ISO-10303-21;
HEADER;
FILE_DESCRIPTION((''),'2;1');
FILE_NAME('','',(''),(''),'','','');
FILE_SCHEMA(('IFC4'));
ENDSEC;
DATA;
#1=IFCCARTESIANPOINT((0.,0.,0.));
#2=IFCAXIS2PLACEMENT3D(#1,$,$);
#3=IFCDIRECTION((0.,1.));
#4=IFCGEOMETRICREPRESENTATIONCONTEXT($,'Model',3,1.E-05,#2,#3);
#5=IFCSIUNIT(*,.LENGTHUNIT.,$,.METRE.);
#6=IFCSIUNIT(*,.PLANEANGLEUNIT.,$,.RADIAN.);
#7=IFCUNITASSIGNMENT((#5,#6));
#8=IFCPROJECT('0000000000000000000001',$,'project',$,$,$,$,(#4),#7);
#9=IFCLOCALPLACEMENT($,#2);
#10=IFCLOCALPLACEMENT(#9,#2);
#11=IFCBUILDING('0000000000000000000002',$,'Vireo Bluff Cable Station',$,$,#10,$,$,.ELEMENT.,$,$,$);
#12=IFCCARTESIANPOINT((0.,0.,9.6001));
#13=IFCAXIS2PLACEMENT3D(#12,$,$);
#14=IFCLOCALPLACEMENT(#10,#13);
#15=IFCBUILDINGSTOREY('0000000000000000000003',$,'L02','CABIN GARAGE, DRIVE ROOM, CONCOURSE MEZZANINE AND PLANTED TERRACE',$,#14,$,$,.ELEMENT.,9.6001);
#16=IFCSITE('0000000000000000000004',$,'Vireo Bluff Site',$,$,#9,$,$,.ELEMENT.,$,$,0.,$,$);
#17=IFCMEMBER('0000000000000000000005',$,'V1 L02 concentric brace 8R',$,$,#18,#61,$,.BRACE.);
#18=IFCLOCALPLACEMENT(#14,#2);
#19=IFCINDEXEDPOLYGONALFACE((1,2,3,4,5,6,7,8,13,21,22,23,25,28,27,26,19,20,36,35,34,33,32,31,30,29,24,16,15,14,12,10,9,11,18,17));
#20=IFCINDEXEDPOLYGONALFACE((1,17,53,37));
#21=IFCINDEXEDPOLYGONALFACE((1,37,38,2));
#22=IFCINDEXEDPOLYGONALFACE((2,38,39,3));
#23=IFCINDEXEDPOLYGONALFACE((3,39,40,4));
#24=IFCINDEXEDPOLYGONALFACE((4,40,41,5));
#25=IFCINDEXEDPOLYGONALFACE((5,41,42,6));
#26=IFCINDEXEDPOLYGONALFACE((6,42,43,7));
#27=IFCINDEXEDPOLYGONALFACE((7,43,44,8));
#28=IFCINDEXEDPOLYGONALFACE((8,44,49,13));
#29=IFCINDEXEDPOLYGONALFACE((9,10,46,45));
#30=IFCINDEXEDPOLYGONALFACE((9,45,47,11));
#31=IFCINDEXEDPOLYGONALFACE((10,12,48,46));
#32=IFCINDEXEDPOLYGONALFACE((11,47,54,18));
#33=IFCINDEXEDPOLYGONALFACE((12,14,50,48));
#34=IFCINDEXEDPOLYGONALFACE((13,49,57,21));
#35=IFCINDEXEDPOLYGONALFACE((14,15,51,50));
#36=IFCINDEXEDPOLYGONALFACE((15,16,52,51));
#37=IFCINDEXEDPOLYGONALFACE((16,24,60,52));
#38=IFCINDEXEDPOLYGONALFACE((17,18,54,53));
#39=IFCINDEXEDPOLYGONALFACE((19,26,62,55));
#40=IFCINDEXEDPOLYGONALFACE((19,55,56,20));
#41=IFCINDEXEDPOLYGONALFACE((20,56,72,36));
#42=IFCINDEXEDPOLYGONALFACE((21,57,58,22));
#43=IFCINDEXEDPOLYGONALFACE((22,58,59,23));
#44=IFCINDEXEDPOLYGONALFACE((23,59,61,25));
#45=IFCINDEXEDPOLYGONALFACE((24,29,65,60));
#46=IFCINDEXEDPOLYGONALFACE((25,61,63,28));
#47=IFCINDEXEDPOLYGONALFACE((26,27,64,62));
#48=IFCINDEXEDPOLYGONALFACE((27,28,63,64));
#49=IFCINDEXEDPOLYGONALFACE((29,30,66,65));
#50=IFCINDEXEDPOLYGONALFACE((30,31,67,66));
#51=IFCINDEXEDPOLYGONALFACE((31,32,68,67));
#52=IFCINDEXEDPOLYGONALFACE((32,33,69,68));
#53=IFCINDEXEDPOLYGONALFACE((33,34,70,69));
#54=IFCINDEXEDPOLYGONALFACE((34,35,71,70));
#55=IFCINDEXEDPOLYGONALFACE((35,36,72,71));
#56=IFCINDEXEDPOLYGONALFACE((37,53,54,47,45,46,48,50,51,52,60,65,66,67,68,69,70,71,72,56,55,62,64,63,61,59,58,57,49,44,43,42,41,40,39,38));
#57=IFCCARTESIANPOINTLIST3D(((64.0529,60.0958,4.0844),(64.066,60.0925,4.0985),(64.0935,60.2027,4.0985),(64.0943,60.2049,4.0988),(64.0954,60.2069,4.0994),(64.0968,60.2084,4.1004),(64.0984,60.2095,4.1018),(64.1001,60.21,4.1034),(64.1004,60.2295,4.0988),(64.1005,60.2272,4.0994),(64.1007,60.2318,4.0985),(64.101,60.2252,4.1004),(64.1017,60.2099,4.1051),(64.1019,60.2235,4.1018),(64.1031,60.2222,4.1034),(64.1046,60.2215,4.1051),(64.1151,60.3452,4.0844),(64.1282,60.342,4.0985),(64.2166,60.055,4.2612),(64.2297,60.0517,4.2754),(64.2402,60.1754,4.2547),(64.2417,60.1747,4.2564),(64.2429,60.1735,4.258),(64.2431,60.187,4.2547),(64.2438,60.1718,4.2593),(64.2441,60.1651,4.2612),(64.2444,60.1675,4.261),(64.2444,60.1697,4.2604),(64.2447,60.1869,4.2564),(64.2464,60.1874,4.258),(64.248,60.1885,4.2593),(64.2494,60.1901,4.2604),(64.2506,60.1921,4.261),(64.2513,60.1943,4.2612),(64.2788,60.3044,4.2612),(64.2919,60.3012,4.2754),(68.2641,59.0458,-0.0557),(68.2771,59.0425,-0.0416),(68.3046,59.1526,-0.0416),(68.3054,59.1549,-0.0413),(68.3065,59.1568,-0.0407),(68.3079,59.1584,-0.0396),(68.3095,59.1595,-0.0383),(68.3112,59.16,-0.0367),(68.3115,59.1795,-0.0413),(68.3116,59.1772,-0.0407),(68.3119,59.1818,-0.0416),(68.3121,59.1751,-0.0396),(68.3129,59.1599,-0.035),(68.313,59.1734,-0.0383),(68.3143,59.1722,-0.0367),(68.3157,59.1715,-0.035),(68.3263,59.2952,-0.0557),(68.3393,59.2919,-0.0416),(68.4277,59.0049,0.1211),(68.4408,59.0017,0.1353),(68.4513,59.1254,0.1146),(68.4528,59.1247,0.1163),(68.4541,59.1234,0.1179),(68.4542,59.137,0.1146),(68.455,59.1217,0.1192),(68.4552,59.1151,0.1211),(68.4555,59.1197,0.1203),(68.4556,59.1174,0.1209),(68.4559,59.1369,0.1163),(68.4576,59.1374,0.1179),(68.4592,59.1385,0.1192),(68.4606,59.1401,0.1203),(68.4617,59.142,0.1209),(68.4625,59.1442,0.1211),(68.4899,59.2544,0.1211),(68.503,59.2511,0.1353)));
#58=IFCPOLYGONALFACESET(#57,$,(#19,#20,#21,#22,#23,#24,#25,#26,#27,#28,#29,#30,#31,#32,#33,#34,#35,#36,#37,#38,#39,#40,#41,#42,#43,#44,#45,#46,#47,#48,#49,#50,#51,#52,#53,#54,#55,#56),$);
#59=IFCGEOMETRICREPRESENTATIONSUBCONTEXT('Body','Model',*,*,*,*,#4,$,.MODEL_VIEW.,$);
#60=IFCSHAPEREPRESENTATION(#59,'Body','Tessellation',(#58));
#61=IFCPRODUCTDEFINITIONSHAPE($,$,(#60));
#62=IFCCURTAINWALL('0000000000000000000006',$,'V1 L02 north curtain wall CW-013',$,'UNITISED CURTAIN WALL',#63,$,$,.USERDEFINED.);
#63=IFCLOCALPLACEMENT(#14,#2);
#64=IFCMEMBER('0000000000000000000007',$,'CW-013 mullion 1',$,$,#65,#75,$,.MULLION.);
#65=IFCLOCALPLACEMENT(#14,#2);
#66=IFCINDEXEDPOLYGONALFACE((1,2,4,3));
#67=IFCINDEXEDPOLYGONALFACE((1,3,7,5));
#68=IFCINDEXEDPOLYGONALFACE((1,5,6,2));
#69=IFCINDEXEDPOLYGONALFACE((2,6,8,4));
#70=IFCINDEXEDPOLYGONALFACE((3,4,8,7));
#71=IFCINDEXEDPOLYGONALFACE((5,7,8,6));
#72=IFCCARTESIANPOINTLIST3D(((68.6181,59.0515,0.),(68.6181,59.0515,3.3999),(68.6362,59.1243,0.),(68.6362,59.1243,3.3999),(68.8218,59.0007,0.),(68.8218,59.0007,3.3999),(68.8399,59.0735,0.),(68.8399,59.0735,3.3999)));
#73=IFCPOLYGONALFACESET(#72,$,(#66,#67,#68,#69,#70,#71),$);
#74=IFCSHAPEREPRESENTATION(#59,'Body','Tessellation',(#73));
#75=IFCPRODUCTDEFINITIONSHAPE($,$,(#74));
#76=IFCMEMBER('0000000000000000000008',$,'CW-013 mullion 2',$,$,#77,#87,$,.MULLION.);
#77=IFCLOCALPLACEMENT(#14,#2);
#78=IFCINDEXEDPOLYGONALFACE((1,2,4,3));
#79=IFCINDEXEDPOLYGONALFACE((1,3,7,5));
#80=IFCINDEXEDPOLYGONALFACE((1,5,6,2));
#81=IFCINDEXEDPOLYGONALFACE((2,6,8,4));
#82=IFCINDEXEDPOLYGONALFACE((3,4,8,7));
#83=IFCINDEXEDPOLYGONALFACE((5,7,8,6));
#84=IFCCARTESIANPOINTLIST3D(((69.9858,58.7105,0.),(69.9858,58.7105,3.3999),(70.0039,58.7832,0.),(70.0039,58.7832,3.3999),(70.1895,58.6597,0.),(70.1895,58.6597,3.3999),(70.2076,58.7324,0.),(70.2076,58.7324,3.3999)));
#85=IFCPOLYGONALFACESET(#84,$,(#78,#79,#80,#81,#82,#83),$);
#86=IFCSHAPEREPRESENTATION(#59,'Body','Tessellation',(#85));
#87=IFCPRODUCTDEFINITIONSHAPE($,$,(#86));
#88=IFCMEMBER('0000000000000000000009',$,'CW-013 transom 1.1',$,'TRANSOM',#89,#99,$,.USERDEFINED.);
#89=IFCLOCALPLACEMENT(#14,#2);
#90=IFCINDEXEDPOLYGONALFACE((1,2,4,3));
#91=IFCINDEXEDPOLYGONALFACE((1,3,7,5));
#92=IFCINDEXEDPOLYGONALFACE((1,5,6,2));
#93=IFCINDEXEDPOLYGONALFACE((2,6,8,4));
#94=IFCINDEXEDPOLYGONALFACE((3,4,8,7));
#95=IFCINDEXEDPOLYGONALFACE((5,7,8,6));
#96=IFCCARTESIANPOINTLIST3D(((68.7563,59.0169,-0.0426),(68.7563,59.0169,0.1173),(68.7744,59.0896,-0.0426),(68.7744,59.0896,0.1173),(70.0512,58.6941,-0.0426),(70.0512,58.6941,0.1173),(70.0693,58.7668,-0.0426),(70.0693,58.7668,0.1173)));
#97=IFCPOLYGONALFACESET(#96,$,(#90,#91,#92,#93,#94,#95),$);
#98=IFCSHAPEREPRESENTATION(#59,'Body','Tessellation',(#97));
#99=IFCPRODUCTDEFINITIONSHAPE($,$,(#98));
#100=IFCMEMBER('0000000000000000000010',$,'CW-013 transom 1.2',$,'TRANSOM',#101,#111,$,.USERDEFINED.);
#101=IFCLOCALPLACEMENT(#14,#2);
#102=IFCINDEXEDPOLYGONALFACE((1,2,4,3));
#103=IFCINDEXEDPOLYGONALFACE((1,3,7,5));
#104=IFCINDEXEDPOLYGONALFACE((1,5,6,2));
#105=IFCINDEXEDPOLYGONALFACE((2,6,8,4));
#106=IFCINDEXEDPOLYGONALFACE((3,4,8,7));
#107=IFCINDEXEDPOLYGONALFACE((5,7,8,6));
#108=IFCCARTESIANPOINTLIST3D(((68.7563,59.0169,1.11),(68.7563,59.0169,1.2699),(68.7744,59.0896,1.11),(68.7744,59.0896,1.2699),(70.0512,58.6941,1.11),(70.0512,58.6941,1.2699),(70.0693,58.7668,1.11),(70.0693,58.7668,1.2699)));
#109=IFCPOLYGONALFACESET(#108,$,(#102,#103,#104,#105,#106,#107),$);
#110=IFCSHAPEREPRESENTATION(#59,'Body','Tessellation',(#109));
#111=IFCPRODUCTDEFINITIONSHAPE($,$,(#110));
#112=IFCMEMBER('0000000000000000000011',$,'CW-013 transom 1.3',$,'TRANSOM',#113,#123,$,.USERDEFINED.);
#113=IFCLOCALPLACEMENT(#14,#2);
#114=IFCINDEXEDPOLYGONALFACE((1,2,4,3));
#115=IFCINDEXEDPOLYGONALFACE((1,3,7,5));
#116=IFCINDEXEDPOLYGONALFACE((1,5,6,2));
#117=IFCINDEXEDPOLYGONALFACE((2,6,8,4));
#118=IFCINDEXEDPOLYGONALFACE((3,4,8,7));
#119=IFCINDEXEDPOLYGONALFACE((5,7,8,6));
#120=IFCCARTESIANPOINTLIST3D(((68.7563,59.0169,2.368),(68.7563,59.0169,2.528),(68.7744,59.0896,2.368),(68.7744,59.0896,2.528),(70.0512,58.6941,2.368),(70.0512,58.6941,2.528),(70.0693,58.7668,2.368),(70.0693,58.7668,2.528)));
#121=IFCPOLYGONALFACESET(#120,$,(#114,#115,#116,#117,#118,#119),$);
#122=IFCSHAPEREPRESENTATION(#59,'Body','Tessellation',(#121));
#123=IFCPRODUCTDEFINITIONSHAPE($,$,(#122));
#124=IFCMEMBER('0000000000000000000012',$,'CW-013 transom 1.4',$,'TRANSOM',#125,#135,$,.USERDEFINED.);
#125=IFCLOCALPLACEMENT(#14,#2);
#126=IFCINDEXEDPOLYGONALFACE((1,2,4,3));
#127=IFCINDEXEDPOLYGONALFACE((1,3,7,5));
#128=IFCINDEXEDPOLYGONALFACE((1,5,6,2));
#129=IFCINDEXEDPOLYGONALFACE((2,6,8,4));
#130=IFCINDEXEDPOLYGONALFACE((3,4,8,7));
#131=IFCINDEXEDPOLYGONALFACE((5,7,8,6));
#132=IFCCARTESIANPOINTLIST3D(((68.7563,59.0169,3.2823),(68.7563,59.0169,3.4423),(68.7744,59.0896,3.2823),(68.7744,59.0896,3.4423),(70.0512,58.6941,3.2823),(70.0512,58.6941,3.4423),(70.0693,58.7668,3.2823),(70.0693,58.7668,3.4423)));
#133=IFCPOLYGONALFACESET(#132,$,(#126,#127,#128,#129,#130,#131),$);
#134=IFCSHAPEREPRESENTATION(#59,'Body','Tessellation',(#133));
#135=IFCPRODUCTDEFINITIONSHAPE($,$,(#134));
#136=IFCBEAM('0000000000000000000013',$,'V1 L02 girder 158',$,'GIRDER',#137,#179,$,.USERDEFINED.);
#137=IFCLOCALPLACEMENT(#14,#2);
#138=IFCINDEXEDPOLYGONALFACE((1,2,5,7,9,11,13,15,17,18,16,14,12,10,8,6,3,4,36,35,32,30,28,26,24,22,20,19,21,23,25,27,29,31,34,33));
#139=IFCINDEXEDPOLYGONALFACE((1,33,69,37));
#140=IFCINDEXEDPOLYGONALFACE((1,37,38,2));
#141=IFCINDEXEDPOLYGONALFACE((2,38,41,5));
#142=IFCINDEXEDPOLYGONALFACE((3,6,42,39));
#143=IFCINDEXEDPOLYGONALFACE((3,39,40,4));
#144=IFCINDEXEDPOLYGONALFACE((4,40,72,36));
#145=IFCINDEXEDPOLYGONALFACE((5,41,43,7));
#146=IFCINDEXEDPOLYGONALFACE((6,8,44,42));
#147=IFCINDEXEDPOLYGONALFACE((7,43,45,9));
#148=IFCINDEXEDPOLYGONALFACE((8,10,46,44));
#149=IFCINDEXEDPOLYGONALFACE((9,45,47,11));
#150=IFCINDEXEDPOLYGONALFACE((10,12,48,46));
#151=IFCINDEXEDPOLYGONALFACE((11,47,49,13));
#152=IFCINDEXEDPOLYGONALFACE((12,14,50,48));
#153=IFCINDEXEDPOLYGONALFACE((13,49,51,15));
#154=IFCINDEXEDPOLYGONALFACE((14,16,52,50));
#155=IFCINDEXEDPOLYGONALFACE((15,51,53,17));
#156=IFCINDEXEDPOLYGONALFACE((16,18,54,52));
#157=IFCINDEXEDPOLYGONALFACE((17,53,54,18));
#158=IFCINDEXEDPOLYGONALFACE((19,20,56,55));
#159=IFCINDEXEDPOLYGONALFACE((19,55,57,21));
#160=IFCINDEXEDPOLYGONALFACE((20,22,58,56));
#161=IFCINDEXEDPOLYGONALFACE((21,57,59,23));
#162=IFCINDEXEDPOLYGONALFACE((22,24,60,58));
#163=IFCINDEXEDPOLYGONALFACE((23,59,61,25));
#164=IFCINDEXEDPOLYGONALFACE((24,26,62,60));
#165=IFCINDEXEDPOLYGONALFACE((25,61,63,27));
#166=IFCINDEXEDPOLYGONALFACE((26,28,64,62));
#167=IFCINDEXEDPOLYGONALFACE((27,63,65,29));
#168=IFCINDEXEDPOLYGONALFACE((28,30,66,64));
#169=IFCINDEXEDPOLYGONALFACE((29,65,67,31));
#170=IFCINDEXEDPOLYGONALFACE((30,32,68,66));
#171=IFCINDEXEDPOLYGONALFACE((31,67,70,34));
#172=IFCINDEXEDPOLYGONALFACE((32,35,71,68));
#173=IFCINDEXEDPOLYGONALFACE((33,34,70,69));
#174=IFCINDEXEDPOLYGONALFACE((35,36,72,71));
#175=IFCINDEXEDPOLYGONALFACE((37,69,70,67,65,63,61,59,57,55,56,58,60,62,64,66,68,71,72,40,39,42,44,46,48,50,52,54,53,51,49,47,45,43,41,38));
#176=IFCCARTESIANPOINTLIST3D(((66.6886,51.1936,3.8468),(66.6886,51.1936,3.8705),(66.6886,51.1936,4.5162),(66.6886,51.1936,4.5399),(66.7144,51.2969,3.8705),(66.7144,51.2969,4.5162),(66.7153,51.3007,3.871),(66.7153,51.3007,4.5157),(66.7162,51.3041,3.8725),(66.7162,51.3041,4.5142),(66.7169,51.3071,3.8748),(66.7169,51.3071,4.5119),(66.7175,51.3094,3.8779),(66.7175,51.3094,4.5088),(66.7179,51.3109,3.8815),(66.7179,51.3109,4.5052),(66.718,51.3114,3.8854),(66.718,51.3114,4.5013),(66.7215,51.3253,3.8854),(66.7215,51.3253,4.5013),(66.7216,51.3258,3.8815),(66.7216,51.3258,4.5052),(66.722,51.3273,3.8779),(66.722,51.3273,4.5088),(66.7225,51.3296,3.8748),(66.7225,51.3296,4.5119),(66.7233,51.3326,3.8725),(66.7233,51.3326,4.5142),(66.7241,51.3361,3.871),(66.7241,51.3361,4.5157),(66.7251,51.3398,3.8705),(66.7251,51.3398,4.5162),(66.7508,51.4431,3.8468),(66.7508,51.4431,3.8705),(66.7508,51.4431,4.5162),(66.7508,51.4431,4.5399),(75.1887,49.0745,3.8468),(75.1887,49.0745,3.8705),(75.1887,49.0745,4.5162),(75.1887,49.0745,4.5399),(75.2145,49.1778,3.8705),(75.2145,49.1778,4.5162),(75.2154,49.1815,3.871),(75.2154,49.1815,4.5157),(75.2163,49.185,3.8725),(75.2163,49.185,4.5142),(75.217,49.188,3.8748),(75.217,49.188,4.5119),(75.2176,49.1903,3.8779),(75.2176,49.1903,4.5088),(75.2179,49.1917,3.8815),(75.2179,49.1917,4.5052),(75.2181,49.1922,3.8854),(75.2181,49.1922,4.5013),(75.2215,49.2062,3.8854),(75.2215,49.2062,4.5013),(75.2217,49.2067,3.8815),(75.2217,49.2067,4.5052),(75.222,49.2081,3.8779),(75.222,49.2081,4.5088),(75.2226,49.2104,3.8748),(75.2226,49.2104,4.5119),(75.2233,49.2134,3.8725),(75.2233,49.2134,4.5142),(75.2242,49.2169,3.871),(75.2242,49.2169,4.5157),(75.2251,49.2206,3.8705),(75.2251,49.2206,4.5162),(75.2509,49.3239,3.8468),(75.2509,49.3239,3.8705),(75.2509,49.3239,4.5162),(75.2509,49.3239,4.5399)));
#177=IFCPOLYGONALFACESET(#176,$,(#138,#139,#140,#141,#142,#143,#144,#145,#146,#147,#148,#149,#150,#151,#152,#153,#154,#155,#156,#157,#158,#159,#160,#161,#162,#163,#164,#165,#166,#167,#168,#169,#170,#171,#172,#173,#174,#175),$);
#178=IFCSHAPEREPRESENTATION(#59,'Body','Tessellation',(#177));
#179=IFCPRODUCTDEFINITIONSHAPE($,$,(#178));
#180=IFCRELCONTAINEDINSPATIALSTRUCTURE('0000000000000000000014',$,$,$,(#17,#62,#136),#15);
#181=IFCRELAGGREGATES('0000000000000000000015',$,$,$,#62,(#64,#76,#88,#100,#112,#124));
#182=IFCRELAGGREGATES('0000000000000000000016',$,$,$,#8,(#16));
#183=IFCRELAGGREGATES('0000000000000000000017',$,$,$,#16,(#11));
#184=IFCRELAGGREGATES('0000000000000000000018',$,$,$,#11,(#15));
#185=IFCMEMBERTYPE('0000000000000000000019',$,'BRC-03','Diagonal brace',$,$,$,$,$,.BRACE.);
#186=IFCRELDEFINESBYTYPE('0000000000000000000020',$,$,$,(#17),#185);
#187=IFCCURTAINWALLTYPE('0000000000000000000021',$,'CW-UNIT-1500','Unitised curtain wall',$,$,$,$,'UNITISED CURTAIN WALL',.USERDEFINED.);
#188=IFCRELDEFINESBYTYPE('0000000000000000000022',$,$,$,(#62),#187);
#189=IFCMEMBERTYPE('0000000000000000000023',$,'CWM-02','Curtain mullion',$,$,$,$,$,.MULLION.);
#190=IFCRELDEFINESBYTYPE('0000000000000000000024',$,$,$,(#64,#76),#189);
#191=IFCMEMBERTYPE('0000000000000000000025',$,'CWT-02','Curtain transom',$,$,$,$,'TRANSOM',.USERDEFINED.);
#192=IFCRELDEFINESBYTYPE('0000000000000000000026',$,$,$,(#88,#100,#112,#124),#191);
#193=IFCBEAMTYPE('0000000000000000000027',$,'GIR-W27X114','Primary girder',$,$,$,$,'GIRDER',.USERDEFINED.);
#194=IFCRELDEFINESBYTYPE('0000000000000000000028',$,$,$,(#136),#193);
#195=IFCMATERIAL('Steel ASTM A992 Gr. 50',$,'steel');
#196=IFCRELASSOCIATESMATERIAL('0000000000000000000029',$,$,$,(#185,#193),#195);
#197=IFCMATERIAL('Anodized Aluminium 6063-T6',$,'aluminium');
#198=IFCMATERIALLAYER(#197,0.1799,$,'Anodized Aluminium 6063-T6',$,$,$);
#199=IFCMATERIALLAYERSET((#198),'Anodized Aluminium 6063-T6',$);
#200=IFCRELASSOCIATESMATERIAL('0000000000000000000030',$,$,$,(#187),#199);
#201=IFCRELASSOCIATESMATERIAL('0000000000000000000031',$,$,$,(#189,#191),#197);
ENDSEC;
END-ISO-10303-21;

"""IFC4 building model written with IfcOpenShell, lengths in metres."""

from ifc_helpers import new_model, si_unit, direction, frame, origin, origin_2d, place, context, subcontext, project, spatial, rectangle, i_section, extrude, material, layer, layer_set, material_profile, profile_set, type_object, element, aggregate, save


model = new_model("IFC4")

# Units and contexts
model_context = context("Model", 3, precision=1e-05, world=origin(), true_north=direction((0.0, 1.0)))
body_context = subcontext(model_context, "Body", "Model", "MODEL_VIEW")
ifc_project = project(units=[si_unit("LENGTHUNIT", "METRE"), si_unit("PLANEANGLEUNIT", "RADIAN")], contexts=[model_context])

# Site, building, storey
site_placement = place(None, origin())
site = spatial("IfcSite", under=ifc_project, at=site_placement, Name="Vireo Bluff Site", CompositionType="ELEMENT", RefElevation=0.0)
building_placement = place(site_placement, origin())
building = spatial("IfcBuilding", under=site, at=building_placement, Name="Vireo Bluff Cable Station", CompositionType="ELEMENT")
storey_placement = place(building_placement, frame((0.0, 0.0, 9.6001)))
storey = spatial("IfcBuildingStorey", under=building, at=storey_placement, Name="L02", Description="CABIN GARAGE, DRIVE ROOM, CONCOURSE MEZZANINE AND PLANTED TERRACE", CompositionType="ELEMENT", Elevation=9.6001)

# Shared definitions
ifc_material_1 = material(Name="Steel ASTM A992 Gr. 50", Category="steel")

# Member
ifc_material_profile_1 = material_profile(ifc_material_1, i_section(OverallWidth=0.2571, OverallDepth=0.2639, WebThickness=0.012, FlangeThickness=0.0195, FilletRadius=0.009, at=origin_2d()), Name="W10X68")
ifc_profile_set_1 = profile_set([ifc_material_profile_1], Name="Steel ASTM A992 Gr. 50")
member_type_1 = type_object("IfcMemberType", Name="BRC-03", Description="Diagonal brace", PredefinedType="BRACE", material=ifc_profile_set_1)
member_1_placement = place(storey_placement, frame((68.3835, 59.1484, 0.0398), z_axis=(-0.702084, 0.175063, 0.69024), x_axis=(-0.24194, -0.970291, 0.0)))
element("IfcMember", 1, at=member_1_placement, inside=storey, type_object=member_type_1, Name="V1 L02 concentric brace 8R", PredefinedType="BRACE", context=body_context, shape_type="SweptSolid", body=[
    extrude(i_section(OverallWidth=0.2571, OverallDepth=0.2639, WebThickness=0.012, FlangeThickness=0.0195, FilletRadius=0.009, at=origin_2d()), origin(), (0.0, 0.0, 1.0), 5.998),
])

# Curtain wall, members
ifc_material_2 = material(Name="Anodized Aluminium 6063-T6", Category="aluminium")
ifc_layer_1 = layer(ifc_material_2, 0.1799, Name="Anodized Aluminium 6063-T6")
ifc_layer_set_1 = layer_set([ifc_layer_1], Name="Anodized Aluminium 6063-T6")
curtain_wall_type = type_object("IfcCurtainWallType", Name="CW-UNIT-1500", Description="Unitised curtain wall", ElementType="UNITISED CURTAIN WALL", PredefinedType="USERDEFINED", material=ifc_layer_set_1)
curtain_wall_placement = place(storey_placement, origin())
curtain_wall = element("IfcCurtainWall", 2, at=curtain_wall_placement, inside=storey, type_object=curtain_wall_type, Name="V1 L02 north curtain wall CW-013", ObjectType="UNITISED CURTAIN WALL", PredefinedType="USERDEFINED")
ifc_material_profile_2 = material_profile(ifc_material_2, rectangle(XDim=0.075, YDim=0.21, at=origin_2d()), Name="ALU-M-75X210")
ifc_profile_set_2 = profile_set([ifc_material_profile_2], Name="Anodized Aluminium 6063-T6")
member_type_2 = type_object("IfcMemberType", Name="CWM-02", Description="Curtain mullion", PredefinedType="MULLION", material=ifc_profile_set_2)
member_2_placement = place(storey_placement, frame((68.729, 59.0625, 0.0), z_axis=(0.0, 0.0, 1.0), x_axis=(0.241922, 0.970296, 0.0)))
member_2 = element("IfcMember", 3, at=member_2_placement, type_object=member_type_2, Name="CW-013 mullion 1", PredefinedType="MULLION", context=body_context, shape_type="SweptSolid", body=[
    extrude(rectangle(XDim=0.075, YDim=0.21, at=origin_2d()), origin(), (0.0, 0.0, 1.0), 3.3999),
])
member_3_placement = place(storey_placement, frame((70.0967, 58.7214, 0.0), z_axis=(0.0, 0.0, 1.0), x_axis=(0.241922, 0.970296, 0.0)))
member_3 = element("IfcMember", 4, at=member_3_placement, type_object=member_type_2, Name="CW-013 mullion 2", PredefinedType="MULLION", context=body_context, shape_type="SweptSolid", body=[
    extrude(rectangle(XDim=0.075, YDim=0.21, at=origin_2d()), origin(), (0.0, 0.0, 1.0), 3.3999),
])
ifc_material_profile_3 = material_profile(ifc_material_2, rectangle(XDim=0.075, YDim=0.1599, at=origin_2d()), Name="ALU-T-75X160")
ifc_profile_set_3 = profile_set([ifc_material_profile_3], Name="Anodized Aluminium 6063-T6")
member_type_3 = type_object("IfcMemberType", Name="CWT-02", Description="Curtain transom", ElementType="TRANSOM", PredefinedType="USERDEFINED", material=ifc_profile_set_3)
member_4_placement = place(storey_placement, frame((68.7654, 59.0532, 0.0374), z_axis=(0.970314, -0.241847, 0.0), x_axis=(0.241847, 0.970314, 0.0)))
member_4 = element("IfcMember", 5, at=member_4_placement, type_object=member_type_3, Name="CW-013 transom 1.1", ObjectType="TRANSOM", PredefinedType="USERDEFINED", context=body_context, shape_type="SweptSolid", body=[
    extrude(rectangle(XDim=0.075, YDim=0.1599, at=origin_2d()), origin(), (0.0, 0.0, 1.0), 1.3345),
])
member_5_placement = place(storey_placement, frame((68.7654, 59.0532, 1.1899), z_axis=(0.970314, -0.241847, 0.0), x_axis=(0.241847, 0.970314, 0.0)))
member_5 = element("IfcMember", 6, at=member_5_placement, type_object=member_type_3, Name="CW-013 transom 1.2", ObjectType="TRANSOM", PredefinedType="USERDEFINED", context=body_context, shape_type="SweptSolid", body=[
    extrude(rectangle(XDim=0.075, YDim=0.1599, at=origin_2d()), origin(), (0.0, 0.0, 1.0), 1.3345),
])
member_6_placement = place(storey_placement, frame((68.7654, 59.0532, 2.448), z_axis=(0.970314, -0.241847, 0.0), x_axis=(0.241847, 0.970314, 0.0)))
member_6 = element("IfcMember", 7, at=member_6_placement, type_object=member_type_3, Name="CW-013 transom 1.3", ObjectType="TRANSOM", PredefinedType="USERDEFINED", context=body_context, shape_type="SweptSolid", body=[
    extrude(rectangle(XDim=0.075, YDim=0.1599, at=origin_2d()), origin(), (0.0, 0.0, 1.0), 1.3345),
])
member_7_placement = place(storey_placement, frame((68.7654, 59.0532, 3.3623), z_axis=(0.970314, -0.241847, 0.0), x_axis=(0.241847, 0.970314, 0.0)))
member_7 = element("IfcMember", 8, at=member_7_placement, type_object=member_type_3, Name="CW-013 transom 1.4", ObjectType="TRANSOM", PredefinedType="USERDEFINED", context=body_context, shape_type="SweptSolid", body=[
    extrude(rectangle(XDim=0.075, YDim=0.1599, at=origin_2d()), origin(), (0.0, 0.0, 1.0), 1.3345),
])

# Beam
ifc_material_profile_4 = material_profile(ifc_material_1, i_section(OverallWidth=0.2571, OverallDepth=0.6931, WebThickness=0.0144, FlangeThickness=0.0237, FilletRadius=0.0149, at=origin_2d()), Name="W27X114")
ifc_profile_set_4 = profile_set([ifc_material_profile_4], Name="Steel ASTM A992 Gr. 50")
beam_type_1 = type_object("IfcBeamType", Name="GIR-W27X114", Description="Primary girder", ElementType="GIRDER", PredefinedType="USERDEFINED", material=ifc_profile_set_4)
beam_1_placement = place(storey_placement, frame((66.7197, 51.3184, 4.1934), z_axis=(0.9703, -0.241906, 0.0), x_axis=(0.241906, 0.9703, 0.0)))
element("IfcBeam", 9, at=beam_1_placement, inside=storey, type_object=beam_type_1, Name="V1 L02 girder 158", ObjectType="GIRDER", PredefinedType="USERDEFINED", context=body_context, shape_type="SweptSolid", body=[
    extrude(i_section(OverallWidth=0.2571, OverallDepth=0.6931, WebThickness=0.0144, FlangeThickness=0.0237, FilletRadius=0.0149, at=origin_2d()), origin(), (0.0, 0.0, 1.0), 8.7603),
])

aggregate(curtain_wall, [member_2, member_3, member_4, member_5, member_6, member_7])

save(model, "model.ifc")
